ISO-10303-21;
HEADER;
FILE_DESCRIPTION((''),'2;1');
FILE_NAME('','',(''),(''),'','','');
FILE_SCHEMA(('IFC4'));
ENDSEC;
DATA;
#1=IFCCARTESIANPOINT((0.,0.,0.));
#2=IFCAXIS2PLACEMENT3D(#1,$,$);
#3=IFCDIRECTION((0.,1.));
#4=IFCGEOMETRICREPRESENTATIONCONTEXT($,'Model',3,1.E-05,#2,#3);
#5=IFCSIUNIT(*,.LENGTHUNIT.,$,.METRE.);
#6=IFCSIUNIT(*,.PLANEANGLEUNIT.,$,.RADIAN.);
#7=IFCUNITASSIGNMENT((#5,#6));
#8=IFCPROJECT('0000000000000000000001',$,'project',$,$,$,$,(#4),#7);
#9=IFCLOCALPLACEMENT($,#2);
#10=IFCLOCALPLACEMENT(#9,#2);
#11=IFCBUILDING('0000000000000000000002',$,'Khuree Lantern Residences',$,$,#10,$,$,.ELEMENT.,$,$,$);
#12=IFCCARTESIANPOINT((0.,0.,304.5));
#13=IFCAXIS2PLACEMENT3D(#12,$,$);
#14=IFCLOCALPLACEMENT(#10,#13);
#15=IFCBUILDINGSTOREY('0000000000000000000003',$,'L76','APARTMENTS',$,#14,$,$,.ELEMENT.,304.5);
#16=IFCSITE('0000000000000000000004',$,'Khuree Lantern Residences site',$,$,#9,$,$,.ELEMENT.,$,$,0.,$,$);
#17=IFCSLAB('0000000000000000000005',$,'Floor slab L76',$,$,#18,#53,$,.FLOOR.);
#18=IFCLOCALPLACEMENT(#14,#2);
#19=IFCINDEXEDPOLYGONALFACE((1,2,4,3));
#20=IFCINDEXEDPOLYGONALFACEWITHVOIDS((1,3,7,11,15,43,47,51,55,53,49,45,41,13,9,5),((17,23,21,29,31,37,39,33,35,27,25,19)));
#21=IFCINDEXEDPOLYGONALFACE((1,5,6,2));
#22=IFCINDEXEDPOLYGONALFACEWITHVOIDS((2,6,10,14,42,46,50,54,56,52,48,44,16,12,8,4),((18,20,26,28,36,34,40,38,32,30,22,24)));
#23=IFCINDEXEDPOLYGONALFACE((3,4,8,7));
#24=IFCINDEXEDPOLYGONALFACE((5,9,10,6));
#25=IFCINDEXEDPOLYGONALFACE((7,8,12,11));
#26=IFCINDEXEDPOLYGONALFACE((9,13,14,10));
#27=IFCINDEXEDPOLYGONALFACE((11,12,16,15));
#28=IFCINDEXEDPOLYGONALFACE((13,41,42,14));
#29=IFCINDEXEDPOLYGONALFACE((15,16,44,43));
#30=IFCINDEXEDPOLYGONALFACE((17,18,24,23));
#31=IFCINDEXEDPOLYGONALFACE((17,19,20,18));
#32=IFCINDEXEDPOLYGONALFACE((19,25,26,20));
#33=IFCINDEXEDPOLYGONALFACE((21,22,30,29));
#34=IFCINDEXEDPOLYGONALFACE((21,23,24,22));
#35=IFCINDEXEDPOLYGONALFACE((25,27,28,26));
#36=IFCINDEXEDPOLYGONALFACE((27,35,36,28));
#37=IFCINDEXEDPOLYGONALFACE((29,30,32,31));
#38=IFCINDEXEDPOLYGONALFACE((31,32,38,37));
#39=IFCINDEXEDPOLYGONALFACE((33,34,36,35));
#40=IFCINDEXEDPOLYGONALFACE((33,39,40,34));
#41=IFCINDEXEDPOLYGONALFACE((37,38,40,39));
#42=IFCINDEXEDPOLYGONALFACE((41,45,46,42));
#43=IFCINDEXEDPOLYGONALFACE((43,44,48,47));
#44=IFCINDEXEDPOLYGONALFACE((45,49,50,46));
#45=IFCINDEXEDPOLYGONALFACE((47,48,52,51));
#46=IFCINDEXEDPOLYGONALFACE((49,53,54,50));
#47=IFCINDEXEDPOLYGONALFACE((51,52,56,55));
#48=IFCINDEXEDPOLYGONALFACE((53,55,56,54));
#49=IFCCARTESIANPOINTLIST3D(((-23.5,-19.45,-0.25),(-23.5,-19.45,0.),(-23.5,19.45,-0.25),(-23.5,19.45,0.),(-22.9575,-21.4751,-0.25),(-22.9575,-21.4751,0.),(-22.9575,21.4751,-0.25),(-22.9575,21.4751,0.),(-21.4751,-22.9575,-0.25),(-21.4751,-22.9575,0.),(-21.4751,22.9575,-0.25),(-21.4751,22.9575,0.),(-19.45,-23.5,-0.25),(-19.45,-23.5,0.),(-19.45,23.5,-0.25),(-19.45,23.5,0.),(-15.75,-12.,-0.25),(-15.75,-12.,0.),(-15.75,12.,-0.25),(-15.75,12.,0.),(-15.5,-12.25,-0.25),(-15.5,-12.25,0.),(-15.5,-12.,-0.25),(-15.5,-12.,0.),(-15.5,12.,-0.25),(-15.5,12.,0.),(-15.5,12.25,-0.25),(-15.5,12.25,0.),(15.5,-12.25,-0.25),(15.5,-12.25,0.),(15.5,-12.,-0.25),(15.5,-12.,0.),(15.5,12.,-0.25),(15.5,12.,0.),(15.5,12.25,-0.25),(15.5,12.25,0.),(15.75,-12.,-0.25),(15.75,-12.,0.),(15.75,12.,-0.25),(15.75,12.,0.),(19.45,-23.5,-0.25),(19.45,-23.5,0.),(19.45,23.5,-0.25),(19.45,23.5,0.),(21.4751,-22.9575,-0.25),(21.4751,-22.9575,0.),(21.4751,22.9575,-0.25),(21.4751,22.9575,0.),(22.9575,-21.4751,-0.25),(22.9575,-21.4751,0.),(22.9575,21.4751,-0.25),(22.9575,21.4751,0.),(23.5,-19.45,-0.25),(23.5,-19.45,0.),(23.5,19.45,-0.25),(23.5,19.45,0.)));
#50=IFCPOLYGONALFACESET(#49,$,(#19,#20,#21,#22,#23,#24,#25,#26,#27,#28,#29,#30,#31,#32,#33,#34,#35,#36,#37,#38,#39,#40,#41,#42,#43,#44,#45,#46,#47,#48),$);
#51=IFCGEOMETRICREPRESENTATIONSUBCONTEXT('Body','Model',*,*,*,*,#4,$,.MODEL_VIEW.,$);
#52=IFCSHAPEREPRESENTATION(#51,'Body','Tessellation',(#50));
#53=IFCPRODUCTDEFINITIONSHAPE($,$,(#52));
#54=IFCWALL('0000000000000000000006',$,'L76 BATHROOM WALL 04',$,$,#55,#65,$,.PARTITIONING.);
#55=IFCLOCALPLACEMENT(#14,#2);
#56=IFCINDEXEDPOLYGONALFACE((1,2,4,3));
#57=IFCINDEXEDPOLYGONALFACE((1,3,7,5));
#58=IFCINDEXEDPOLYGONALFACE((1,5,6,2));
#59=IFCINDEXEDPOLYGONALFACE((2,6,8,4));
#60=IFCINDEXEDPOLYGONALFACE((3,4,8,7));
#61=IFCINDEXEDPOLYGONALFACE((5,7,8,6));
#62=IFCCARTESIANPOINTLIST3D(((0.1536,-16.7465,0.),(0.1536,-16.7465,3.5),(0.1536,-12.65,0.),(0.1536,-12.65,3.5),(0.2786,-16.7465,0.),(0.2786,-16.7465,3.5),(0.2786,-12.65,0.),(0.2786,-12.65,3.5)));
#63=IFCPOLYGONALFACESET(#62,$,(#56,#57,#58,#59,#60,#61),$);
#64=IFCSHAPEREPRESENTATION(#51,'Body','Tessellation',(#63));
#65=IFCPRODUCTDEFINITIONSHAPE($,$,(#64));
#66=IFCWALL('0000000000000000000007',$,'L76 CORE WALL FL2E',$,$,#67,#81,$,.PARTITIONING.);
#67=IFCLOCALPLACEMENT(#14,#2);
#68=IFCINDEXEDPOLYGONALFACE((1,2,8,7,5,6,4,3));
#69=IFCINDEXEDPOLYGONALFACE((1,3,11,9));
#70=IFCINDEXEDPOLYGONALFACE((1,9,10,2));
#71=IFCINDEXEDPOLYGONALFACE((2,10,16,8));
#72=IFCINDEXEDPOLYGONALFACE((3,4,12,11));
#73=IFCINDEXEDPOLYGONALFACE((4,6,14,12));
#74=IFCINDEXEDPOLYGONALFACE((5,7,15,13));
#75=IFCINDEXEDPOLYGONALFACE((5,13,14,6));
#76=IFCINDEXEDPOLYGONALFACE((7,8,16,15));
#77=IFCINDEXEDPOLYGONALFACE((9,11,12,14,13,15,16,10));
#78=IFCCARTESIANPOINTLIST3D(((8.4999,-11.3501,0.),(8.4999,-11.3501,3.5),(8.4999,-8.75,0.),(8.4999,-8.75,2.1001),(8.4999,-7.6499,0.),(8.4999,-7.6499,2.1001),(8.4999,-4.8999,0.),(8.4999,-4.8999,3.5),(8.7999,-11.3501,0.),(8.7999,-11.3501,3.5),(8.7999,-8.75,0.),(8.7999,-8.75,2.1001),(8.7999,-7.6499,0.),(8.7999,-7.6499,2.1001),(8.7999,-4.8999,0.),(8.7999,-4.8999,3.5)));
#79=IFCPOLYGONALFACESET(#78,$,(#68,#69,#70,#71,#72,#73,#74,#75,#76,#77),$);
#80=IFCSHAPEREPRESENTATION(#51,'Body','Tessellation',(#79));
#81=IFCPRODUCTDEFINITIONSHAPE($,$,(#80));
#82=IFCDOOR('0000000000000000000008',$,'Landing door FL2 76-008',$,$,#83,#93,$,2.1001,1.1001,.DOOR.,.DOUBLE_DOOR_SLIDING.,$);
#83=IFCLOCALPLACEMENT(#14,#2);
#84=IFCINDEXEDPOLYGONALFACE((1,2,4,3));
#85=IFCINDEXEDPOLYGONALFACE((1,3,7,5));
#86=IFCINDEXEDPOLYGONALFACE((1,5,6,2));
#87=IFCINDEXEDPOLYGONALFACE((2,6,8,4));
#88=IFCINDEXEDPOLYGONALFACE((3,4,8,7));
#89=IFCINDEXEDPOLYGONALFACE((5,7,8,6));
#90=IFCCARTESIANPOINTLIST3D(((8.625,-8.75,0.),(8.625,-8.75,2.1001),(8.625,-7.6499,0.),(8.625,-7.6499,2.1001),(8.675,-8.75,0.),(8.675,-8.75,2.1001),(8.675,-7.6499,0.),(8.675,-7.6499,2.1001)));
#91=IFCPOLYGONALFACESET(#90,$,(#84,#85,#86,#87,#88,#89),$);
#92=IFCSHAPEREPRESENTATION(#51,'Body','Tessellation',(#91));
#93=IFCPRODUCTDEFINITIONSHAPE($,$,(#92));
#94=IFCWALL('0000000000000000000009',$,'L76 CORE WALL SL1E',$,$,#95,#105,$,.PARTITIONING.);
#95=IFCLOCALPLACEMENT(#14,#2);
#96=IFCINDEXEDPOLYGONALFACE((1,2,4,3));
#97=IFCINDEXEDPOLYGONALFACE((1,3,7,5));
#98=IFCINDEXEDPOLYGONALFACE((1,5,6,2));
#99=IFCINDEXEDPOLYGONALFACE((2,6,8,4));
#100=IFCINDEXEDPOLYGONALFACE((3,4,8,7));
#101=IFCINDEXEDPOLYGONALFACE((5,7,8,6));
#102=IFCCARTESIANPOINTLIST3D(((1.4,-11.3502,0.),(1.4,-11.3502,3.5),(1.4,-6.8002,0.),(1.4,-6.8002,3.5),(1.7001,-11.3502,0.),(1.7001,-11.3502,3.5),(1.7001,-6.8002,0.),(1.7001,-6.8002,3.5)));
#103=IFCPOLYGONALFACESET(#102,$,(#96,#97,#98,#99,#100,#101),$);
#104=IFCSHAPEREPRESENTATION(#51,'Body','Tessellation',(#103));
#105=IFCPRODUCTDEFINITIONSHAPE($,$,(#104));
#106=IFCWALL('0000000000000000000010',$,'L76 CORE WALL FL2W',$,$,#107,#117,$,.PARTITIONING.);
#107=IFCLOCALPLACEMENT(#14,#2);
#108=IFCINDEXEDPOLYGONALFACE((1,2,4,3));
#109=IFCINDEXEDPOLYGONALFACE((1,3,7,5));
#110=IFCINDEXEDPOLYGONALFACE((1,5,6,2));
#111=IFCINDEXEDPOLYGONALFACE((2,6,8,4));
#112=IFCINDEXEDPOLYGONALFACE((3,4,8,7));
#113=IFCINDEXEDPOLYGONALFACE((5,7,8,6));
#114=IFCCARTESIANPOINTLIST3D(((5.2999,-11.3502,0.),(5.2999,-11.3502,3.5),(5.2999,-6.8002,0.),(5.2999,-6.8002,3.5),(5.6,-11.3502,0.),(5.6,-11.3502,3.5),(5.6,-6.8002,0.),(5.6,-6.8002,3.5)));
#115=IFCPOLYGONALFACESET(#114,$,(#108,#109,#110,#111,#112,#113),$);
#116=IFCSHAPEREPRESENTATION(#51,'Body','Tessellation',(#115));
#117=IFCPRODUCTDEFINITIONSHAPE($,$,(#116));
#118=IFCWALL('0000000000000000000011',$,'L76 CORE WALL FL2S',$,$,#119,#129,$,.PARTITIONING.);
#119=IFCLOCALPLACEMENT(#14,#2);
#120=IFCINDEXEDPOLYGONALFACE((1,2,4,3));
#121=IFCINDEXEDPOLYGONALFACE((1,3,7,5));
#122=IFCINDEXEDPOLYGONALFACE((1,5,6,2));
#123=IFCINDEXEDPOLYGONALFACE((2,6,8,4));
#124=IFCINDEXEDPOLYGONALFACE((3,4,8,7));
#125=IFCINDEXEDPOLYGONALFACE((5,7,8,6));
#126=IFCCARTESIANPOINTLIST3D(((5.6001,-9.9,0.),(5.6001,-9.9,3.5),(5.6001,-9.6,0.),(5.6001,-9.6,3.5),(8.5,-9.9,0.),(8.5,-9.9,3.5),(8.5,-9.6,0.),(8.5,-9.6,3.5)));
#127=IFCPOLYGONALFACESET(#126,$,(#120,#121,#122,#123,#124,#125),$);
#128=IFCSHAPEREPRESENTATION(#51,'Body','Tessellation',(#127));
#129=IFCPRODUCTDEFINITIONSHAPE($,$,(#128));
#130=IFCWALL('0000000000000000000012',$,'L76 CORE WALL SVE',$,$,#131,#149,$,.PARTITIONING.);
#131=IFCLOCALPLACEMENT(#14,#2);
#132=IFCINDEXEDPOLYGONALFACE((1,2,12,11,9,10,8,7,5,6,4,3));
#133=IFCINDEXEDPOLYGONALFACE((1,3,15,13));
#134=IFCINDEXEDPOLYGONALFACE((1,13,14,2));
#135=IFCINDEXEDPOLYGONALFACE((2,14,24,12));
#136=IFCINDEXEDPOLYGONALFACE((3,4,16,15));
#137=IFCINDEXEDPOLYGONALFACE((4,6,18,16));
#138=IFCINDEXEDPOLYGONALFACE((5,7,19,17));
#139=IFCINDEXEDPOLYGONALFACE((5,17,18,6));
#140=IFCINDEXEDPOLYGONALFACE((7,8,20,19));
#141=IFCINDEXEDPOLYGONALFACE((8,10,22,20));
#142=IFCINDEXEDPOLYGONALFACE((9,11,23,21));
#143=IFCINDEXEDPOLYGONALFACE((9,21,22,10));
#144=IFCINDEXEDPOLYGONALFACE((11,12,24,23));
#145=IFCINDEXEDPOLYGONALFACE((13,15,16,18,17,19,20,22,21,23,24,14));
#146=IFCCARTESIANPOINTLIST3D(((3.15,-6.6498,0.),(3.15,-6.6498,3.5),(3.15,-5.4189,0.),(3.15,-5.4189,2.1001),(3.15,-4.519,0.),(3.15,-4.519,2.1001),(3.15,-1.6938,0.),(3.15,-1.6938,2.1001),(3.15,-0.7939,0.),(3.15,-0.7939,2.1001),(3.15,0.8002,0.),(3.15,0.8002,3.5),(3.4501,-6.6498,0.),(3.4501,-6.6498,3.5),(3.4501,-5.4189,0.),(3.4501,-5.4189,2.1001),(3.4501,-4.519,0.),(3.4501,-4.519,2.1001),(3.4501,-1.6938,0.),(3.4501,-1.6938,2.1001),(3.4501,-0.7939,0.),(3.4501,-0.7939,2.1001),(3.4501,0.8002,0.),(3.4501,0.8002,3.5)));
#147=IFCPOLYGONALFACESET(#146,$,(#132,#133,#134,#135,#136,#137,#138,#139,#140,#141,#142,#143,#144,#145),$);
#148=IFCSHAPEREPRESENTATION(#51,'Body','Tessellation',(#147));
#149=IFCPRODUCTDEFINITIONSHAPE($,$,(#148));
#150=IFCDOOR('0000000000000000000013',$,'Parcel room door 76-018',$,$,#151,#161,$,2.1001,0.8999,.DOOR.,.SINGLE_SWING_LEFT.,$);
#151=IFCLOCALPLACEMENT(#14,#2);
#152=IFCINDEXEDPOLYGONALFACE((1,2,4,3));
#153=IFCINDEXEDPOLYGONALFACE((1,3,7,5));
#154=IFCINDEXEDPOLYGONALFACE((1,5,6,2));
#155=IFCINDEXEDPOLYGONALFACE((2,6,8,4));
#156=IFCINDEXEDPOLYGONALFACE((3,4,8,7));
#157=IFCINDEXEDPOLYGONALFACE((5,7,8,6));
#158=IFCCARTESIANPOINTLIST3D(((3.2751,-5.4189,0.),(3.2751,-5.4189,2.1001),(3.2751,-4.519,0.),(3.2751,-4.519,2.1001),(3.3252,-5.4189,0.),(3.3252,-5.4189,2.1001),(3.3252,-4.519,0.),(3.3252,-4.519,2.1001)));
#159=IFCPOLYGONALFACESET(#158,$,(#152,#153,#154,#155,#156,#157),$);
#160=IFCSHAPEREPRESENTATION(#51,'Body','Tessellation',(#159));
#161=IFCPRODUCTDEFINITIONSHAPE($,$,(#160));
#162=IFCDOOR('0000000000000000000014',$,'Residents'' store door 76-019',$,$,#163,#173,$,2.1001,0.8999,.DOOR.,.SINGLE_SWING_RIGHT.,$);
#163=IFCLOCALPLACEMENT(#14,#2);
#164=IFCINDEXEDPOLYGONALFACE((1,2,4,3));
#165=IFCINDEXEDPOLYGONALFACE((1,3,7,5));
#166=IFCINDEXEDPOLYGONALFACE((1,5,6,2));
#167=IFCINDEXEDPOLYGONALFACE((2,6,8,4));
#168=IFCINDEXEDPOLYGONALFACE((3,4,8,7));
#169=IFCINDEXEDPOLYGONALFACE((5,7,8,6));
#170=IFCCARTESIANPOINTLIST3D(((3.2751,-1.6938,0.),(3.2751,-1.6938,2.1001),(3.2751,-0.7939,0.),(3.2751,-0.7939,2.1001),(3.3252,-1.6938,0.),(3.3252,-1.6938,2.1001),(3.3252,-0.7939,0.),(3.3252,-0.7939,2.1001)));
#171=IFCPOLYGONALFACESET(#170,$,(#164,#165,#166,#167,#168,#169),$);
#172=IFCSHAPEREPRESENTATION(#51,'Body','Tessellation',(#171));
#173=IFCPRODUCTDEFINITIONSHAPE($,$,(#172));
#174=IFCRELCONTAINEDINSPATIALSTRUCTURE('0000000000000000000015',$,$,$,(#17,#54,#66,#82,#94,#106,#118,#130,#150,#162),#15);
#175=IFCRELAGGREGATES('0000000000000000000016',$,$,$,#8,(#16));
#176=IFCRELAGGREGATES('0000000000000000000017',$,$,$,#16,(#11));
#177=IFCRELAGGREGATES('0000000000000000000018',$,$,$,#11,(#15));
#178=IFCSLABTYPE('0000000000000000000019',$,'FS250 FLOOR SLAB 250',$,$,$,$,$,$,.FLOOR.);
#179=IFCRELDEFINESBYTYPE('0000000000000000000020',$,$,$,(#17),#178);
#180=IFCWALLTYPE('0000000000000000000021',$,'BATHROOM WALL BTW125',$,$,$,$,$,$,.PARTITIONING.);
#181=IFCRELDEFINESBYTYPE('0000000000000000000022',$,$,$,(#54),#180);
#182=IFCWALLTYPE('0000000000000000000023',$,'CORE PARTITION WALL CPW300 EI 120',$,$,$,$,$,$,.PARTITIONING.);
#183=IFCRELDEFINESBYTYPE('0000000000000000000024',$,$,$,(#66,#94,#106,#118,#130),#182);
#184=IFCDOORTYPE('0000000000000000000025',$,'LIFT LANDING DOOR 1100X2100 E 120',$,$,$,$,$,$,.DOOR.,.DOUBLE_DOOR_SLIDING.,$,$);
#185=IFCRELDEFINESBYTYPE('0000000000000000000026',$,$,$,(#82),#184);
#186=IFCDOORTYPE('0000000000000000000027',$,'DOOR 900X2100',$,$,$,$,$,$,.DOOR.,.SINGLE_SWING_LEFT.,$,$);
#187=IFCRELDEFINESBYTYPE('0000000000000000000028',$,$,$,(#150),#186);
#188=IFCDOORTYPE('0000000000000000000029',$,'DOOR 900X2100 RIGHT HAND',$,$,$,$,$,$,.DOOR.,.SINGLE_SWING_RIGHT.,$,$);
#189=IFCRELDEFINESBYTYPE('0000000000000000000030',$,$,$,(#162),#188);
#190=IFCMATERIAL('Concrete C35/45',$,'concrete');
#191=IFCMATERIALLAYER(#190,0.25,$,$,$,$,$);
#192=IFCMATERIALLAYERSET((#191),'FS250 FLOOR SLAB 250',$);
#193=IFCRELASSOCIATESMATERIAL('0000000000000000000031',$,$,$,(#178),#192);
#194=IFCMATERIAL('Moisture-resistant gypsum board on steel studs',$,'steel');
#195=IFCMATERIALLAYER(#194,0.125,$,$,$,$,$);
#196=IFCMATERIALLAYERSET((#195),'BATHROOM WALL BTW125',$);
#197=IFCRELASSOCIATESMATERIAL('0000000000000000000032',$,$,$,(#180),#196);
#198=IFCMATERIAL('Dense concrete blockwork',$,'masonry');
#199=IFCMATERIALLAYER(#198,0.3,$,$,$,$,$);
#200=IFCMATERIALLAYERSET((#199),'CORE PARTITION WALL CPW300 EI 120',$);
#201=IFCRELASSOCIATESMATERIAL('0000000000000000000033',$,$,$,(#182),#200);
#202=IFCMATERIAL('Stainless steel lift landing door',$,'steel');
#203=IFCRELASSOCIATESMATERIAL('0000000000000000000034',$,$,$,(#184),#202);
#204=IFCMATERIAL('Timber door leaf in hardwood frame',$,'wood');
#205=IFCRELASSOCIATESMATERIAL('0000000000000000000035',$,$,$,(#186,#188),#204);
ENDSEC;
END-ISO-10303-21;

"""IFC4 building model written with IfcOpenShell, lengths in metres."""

from ifc_helpers import new_model, si_unit, direction, frame, frame_2d, origin, place, context, subcontext, project, spatial, polyline, rectangle, outline, extrude, material, layer, layer_set, type_object, element, fill, save


model = new_model("IFC4")

# Units and contexts
model_context = context("Model", 3, precision=1e-05, world=origin(), true_north=direction((0.0, 1.0)))
body_context = subcontext(model_context, "Body", "Model", "MODEL_VIEW")
ifc_project = project(units=[si_unit("LENGTHUNIT", "METRE"), si_unit("PLANEANGLEUNIT", "RADIAN")], contexts=[model_context])

# Site, building, storey
site_placement = place(None, origin())
site = spatial("IfcSite", under=ifc_project, at=site_placement, Name="Khuree Lantern Residences site", CompositionType="ELEMENT", RefElevation=0.0)
building_placement = place(site_placement, origin())
building = spatial("IfcBuilding", under=site, at=building_placement, Name="Khuree Lantern Residences", CompositionType="ELEMENT")
storey_placement = place(building_placement, frame((0.0, 0.0, 304.5)))
storey = spatial("IfcBuildingStorey", under=building, at=storey_placement, Name="L76", Description="APARTMENTS", CompositionType="ELEMENT", Elevation=304.5)

# Slab
ifc_material_1 = material(Name="Concrete C35/45", Category="concrete")
ifc_layer_1 = layer(ifc_material_1, 0.25)
ifc_layer_set_1 = layer_set([ifc_layer_1], Name="FS250 FLOOR SLAB 250")
slab_type = type_object("IfcSlabType", Name="FS250 FLOOR SLAB 250", PredefinedType="FLOOR", material=ifc_layer_set_1)
slab_placement = place(storey_placement, frame((0.0, 0.0, -0.25)))
element("IfcSlab", 1, at=slab_placement, inside=storey, type_object=slab_type, Name="Floor slab L76", PredefinedType="FLOOR", context=body_context, shape_type="SweptSolid", body=[
    extrude(outline(polyline([(-21.4751, -22.9575), (-22.9575, -21.4751), (-23.5, -19.45), (-23.5, 19.45), (-22.9575, 21.4751), (-21.4751, 22.9575), (-19.45, 23.5), (19.45, 23.5), (21.4751, 22.9575), (22.9575, 21.4751), (23.5, 19.45), (23.5, -19.45), (22.9575, -21.4751), (21.4751, -22.9575), (19.45, -23.5), (-19.45, -23.5), (-21.4751, -22.9575)]), holes=[polyline([(15.75, 12.0), (15.5, 12.0), (15.5, 12.25), (-15.5, 12.25), (-15.5, 12.0), (-15.75, 12.0), (-15.75, -12.0), (-15.5, -12.0), (-15.5, -12.25), (15.5, -12.25), (15.5, -12.0), (15.75, -12.0), (15.75, 12.0)])]), origin(), (0.0, 0.0, 1.0), 0.25),
])

# Wall
ifc_material_2 = material(Name="Moisture-resistant gypsum board on steel studs", Category="steel")
ifc_layer_2 = layer(ifc_material_2, 0.125)
ifc_layer_set_2 = layer_set([ifc_layer_2], Name="BATHROOM WALL BTW125")
wall_type_1 = type_object("IfcWallType", Name="BATHROOM WALL BTW125", PredefinedType="PARTITIONING", material=ifc_layer_set_2)
wall_1_placement = place(storey_placement, frame((0.2161, -12.6499, 0.0), z_axis=(0.0, 0.0, 1.0), x_axis=(0.0, -1.0, 0.0)))
element("IfcWall", 2, at=wall_1_placement, inside=storey, type_object=wall_type_1, Name="L76 BATHROOM WALL 04", PredefinedType="PARTITIONING", context=body_context, shape_type="SweptSolid", body=[
    extrude(rectangle(XDim=4.0964, YDim=0.125, at=frame_2d((2.0483, 0.0))), origin(), (0.0, 0.0, 1.0), 3.5),
])

# Wall, opening, door
ifc_material_3 = material(Name="Dense concrete blockwork", Category="masonry")
ifc_layer_3 = layer(ifc_material_3, 0.3)
ifc_layer_set_3 = layer_set([ifc_layer_3], Name="CORE PARTITION WALL CPW300 EI 120")
wall_type_2 = type_object("IfcWallType", Name="CORE PARTITION WALL CPW300 EI 120", PredefinedType="PARTITIONING", material=ifc_layer_set_3)
wall_2_placement = place(storey_placement, frame((8.6499, -11.3501, 0.0), z_axis=(0.0, 0.0, 1.0), x_axis=(0.0, 1.0, 0.0)))
wall_2 = element("IfcWall", 3, at=wall_2_placement, inside=storey, type_object=wall_type_2, Name="L76 CORE WALL FL2E", PredefinedType="PARTITIONING", context=body_context, shape_type="SweptSolid", body=[
    extrude(rectangle(XDim=6.4502, YDim=0.3, at=frame_2d((3.2251, 0.0))), origin(), (0.0, 0.0, 1.0), 3.5),
])
opening_1_placement = place(wall_2_placement, frame((2.6001, 0.0, 0.0)))
opening_1 = element("IfcOpeningElement", 4, at=opening_1_placement, cuts=wall_2, PredefinedType="OPENING", context=body_context, shape_type="SweptSolid", body=[
    extrude(rectangle(XDim=1.1001, YDim=2.1001, at=frame_2d((0.55, 1.05))), frame((0.0, 0.1602, 0.0), z_axis=(0.0, -1.0, 0.0), x_axis=(1.0, 0.0, 0.0)), (0.0, 0.0, 1.0), 0.3201),
])
ifc_material_4 = material(Name="Stainless steel lift landing door", Category="steel")
door_type_1 = type_object("IfcDoorType", Name="LIFT LANDING DOOR 1100X2100 E 120", OperationType="DOUBLE_DOOR_SLIDING", PredefinedType="DOOR", material=ifc_material_4)
door_1_placement = place(opening_1_placement, origin())
door_1 = element("IfcDoor", 5, at=door_1_placement, inside=storey, type_object=door_type_1, Name="Landing door FL2 76-008", OperationType="DOUBLE_DOOR_SLIDING", OverallHeight=2.1001, OverallWidth=1.1001, PredefinedType="DOOR", context=body_context, shape_type="SweptSolid", body=[
    extrude(rectangle(XDim=1.1001, YDim=2.1001, at=frame_2d((0.55, 1.05))), frame((0.0, 0.0249, 0.0), z_axis=(0.0, -1.0, 0.0), x_axis=(1.0, 0.0, 0.0)), (0.0, 0.0, 1.0), 0.05),
])
fill(opening_1, door_1)

# Walls
for number, where, z_axis, x_axis, name in (
    (6, (1.55, -11.3501, 0.0), (0.0, 0.0, 1.0), (0.0, 1.0, 0.0), "L76 CORE WALL SL1E"),
    (7, (5.45, -11.3501, 0.0), (0.0, 0.0, 1.0), (0.0, 1.0, 0.0), "L76 CORE WALL FL2W"),
):
    element("IfcWall", number, at=place(storey_placement, frame(where, z_axis=z_axis, x_axis=x_axis)), inside=storey, type_object=wall_type_2, Name=name, PredefinedType="PARTITIONING", context=body_context, shape_type="SweptSolid", body=[
        extrude(rectangle(XDim=4.55, YDim=0.3, at=frame_2d((2.2749, 0.0))), origin(), (0.0, 0.0, 1.0), 3.5),
    ])
wall_3_placement = place(storey_placement, frame((5.6001, -9.75, 0.0), z_axis=(0.0, 0.0, 1.0), x_axis=(1.0, 0.0, 0.0)))
element("IfcWall", 8, at=wall_3_placement, inside=storey, type_object=wall_type_2, Name="L76 CORE WALL FL2S", PredefinedType="PARTITIONING", context=body_context, shape_type="SweptSolid", body=[
    extrude(rectangle(XDim=2.8999, YDim=0.3, at=frame_2d((1.45, 0.0))), origin(), (0.0, 0.0, 1.0), 3.5),
])

# Wall, openings, doors
wall_4_placement = place(storey_placement, frame((3.3, -6.6499, 0.0), z_axis=(0.0, 0.0, 1.0), x_axis=(0.0, 1.0, 0.0)))
wall_4 = element("IfcWall", 9, at=wall_4_placement, inside=storey, type_object=wall_type_2, Name="L76 CORE WALL SVE", PredefinedType="PARTITIONING", context=body_context, shape_type="SweptSolid", body=[
    extrude(rectangle(XDim=7.45, YDim=0.3, at=frame_2d((3.7251, 0.0))), origin(), (0.0, 0.0, 1.0), 3.5),
])
opening_2_placement = place(wall_4_placement, frame((1.231, 0.0, 0.0)))
opening_2 = element("IfcOpeningElement", 10, at=opening_2_placement, cuts=wall_4, PredefinedType="OPENING", context=body_context, shape_type="SweptSolid", body=[
    extrude(rectangle(XDim=0.8999, YDim=2.1001, at=frame_2d((0.45, 1.05))), frame((0.0, 0.1602, 0.0), z_axis=(0.0, -1.0, 0.0), x_axis=(1.0, 0.0, 0.0)), (0.0, 0.0, 1.0), 0.3201),
])
opening_3_placement = place(wall_4_placement, frame((4.9561, 0.0, 0.0)))
opening_3 = element("IfcOpeningElement", 11, at=opening_3_placement, cuts=wall_4, PredefinedType="OPENING", context=body_context, shape_type="SweptSolid", body=[
    extrude(rectangle(XDim=0.8999, YDim=2.1001, at=frame_2d((0.45, 1.05))), frame((0.0, 0.1602, 0.0), z_axis=(0.0, -1.0, 0.0), x_axis=(1.0, 0.0, 0.0)), (0.0, 0.0, 1.0), 0.3201),
])
ifc_material_5 = material(Name="Timber door leaf in hardwood frame", Category="wood")
door_type_2 = type_object("IfcDoorType", Name="DOOR 900X2100", OperationType="SINGLE_SWING_LEFT", PredefinedType="DOOR", material=ifc_material_5)
door_2_placement = place(opening_2_placement, origin())
door_2 = element("IfcDoor", 12, at=door_2_placement, inside=storey, type_object=door_type_2, Name="Parcel room door 76-018", OperationType="SINGLE_SWING_LEFT", OverallHeight=2.1001, OverallWidth=0.8999, PredefinedType="DOOR", context=body_context, shape_type="SweptSolid", body=[
    extrude(rectangle(XDim=0.8999, YDim=2.1001, at=frame_2d((0.45, 1.05))), frame((0.0, 0.0249, 0.0), z_axis=(0.0, -1.0, 0.0), x_axis=(1.0, 0.0, 0.0)), (0.0, 0.0, 1.0), 0.05),
])
fill(opening_2, door_2)
door_type_3 = type_object("IfcDoorType", Name="DOOR 900X2100 RIGHT HAND", OperationType="SINGLE_SWING_RIGHT", PredefinedType="DOOR", material=ifc_material_5)
door_3_placement = place(opening_3_placement, origin())
door_3 = element("IfcDoor", 13, at=door_3_placement, inside=storey, type_object=door_type_3, Name="Residents' store door 76-019", OperationType="SINGLE_SWING_RIGHT", OverallHeight=2.1001, OverallWidth=0.8999, PredefinedType="DOOR", context=body_context, shape_type="SweptSolid", body=[
    extrude(rectangle(XDim=0.8999, YDim=2.1001, at=frame_2d((0.45, 1.05))), frame((0.0, 0.0249, 0.0), z_axis=(0.0, -1.0, 0.0), x_axis=(1.0, 0.0, 0.0)), (0.0, 0.0, 1.0), 0.05),
])
fill(opening_3, door_3)

save(model, "model.ifc")
